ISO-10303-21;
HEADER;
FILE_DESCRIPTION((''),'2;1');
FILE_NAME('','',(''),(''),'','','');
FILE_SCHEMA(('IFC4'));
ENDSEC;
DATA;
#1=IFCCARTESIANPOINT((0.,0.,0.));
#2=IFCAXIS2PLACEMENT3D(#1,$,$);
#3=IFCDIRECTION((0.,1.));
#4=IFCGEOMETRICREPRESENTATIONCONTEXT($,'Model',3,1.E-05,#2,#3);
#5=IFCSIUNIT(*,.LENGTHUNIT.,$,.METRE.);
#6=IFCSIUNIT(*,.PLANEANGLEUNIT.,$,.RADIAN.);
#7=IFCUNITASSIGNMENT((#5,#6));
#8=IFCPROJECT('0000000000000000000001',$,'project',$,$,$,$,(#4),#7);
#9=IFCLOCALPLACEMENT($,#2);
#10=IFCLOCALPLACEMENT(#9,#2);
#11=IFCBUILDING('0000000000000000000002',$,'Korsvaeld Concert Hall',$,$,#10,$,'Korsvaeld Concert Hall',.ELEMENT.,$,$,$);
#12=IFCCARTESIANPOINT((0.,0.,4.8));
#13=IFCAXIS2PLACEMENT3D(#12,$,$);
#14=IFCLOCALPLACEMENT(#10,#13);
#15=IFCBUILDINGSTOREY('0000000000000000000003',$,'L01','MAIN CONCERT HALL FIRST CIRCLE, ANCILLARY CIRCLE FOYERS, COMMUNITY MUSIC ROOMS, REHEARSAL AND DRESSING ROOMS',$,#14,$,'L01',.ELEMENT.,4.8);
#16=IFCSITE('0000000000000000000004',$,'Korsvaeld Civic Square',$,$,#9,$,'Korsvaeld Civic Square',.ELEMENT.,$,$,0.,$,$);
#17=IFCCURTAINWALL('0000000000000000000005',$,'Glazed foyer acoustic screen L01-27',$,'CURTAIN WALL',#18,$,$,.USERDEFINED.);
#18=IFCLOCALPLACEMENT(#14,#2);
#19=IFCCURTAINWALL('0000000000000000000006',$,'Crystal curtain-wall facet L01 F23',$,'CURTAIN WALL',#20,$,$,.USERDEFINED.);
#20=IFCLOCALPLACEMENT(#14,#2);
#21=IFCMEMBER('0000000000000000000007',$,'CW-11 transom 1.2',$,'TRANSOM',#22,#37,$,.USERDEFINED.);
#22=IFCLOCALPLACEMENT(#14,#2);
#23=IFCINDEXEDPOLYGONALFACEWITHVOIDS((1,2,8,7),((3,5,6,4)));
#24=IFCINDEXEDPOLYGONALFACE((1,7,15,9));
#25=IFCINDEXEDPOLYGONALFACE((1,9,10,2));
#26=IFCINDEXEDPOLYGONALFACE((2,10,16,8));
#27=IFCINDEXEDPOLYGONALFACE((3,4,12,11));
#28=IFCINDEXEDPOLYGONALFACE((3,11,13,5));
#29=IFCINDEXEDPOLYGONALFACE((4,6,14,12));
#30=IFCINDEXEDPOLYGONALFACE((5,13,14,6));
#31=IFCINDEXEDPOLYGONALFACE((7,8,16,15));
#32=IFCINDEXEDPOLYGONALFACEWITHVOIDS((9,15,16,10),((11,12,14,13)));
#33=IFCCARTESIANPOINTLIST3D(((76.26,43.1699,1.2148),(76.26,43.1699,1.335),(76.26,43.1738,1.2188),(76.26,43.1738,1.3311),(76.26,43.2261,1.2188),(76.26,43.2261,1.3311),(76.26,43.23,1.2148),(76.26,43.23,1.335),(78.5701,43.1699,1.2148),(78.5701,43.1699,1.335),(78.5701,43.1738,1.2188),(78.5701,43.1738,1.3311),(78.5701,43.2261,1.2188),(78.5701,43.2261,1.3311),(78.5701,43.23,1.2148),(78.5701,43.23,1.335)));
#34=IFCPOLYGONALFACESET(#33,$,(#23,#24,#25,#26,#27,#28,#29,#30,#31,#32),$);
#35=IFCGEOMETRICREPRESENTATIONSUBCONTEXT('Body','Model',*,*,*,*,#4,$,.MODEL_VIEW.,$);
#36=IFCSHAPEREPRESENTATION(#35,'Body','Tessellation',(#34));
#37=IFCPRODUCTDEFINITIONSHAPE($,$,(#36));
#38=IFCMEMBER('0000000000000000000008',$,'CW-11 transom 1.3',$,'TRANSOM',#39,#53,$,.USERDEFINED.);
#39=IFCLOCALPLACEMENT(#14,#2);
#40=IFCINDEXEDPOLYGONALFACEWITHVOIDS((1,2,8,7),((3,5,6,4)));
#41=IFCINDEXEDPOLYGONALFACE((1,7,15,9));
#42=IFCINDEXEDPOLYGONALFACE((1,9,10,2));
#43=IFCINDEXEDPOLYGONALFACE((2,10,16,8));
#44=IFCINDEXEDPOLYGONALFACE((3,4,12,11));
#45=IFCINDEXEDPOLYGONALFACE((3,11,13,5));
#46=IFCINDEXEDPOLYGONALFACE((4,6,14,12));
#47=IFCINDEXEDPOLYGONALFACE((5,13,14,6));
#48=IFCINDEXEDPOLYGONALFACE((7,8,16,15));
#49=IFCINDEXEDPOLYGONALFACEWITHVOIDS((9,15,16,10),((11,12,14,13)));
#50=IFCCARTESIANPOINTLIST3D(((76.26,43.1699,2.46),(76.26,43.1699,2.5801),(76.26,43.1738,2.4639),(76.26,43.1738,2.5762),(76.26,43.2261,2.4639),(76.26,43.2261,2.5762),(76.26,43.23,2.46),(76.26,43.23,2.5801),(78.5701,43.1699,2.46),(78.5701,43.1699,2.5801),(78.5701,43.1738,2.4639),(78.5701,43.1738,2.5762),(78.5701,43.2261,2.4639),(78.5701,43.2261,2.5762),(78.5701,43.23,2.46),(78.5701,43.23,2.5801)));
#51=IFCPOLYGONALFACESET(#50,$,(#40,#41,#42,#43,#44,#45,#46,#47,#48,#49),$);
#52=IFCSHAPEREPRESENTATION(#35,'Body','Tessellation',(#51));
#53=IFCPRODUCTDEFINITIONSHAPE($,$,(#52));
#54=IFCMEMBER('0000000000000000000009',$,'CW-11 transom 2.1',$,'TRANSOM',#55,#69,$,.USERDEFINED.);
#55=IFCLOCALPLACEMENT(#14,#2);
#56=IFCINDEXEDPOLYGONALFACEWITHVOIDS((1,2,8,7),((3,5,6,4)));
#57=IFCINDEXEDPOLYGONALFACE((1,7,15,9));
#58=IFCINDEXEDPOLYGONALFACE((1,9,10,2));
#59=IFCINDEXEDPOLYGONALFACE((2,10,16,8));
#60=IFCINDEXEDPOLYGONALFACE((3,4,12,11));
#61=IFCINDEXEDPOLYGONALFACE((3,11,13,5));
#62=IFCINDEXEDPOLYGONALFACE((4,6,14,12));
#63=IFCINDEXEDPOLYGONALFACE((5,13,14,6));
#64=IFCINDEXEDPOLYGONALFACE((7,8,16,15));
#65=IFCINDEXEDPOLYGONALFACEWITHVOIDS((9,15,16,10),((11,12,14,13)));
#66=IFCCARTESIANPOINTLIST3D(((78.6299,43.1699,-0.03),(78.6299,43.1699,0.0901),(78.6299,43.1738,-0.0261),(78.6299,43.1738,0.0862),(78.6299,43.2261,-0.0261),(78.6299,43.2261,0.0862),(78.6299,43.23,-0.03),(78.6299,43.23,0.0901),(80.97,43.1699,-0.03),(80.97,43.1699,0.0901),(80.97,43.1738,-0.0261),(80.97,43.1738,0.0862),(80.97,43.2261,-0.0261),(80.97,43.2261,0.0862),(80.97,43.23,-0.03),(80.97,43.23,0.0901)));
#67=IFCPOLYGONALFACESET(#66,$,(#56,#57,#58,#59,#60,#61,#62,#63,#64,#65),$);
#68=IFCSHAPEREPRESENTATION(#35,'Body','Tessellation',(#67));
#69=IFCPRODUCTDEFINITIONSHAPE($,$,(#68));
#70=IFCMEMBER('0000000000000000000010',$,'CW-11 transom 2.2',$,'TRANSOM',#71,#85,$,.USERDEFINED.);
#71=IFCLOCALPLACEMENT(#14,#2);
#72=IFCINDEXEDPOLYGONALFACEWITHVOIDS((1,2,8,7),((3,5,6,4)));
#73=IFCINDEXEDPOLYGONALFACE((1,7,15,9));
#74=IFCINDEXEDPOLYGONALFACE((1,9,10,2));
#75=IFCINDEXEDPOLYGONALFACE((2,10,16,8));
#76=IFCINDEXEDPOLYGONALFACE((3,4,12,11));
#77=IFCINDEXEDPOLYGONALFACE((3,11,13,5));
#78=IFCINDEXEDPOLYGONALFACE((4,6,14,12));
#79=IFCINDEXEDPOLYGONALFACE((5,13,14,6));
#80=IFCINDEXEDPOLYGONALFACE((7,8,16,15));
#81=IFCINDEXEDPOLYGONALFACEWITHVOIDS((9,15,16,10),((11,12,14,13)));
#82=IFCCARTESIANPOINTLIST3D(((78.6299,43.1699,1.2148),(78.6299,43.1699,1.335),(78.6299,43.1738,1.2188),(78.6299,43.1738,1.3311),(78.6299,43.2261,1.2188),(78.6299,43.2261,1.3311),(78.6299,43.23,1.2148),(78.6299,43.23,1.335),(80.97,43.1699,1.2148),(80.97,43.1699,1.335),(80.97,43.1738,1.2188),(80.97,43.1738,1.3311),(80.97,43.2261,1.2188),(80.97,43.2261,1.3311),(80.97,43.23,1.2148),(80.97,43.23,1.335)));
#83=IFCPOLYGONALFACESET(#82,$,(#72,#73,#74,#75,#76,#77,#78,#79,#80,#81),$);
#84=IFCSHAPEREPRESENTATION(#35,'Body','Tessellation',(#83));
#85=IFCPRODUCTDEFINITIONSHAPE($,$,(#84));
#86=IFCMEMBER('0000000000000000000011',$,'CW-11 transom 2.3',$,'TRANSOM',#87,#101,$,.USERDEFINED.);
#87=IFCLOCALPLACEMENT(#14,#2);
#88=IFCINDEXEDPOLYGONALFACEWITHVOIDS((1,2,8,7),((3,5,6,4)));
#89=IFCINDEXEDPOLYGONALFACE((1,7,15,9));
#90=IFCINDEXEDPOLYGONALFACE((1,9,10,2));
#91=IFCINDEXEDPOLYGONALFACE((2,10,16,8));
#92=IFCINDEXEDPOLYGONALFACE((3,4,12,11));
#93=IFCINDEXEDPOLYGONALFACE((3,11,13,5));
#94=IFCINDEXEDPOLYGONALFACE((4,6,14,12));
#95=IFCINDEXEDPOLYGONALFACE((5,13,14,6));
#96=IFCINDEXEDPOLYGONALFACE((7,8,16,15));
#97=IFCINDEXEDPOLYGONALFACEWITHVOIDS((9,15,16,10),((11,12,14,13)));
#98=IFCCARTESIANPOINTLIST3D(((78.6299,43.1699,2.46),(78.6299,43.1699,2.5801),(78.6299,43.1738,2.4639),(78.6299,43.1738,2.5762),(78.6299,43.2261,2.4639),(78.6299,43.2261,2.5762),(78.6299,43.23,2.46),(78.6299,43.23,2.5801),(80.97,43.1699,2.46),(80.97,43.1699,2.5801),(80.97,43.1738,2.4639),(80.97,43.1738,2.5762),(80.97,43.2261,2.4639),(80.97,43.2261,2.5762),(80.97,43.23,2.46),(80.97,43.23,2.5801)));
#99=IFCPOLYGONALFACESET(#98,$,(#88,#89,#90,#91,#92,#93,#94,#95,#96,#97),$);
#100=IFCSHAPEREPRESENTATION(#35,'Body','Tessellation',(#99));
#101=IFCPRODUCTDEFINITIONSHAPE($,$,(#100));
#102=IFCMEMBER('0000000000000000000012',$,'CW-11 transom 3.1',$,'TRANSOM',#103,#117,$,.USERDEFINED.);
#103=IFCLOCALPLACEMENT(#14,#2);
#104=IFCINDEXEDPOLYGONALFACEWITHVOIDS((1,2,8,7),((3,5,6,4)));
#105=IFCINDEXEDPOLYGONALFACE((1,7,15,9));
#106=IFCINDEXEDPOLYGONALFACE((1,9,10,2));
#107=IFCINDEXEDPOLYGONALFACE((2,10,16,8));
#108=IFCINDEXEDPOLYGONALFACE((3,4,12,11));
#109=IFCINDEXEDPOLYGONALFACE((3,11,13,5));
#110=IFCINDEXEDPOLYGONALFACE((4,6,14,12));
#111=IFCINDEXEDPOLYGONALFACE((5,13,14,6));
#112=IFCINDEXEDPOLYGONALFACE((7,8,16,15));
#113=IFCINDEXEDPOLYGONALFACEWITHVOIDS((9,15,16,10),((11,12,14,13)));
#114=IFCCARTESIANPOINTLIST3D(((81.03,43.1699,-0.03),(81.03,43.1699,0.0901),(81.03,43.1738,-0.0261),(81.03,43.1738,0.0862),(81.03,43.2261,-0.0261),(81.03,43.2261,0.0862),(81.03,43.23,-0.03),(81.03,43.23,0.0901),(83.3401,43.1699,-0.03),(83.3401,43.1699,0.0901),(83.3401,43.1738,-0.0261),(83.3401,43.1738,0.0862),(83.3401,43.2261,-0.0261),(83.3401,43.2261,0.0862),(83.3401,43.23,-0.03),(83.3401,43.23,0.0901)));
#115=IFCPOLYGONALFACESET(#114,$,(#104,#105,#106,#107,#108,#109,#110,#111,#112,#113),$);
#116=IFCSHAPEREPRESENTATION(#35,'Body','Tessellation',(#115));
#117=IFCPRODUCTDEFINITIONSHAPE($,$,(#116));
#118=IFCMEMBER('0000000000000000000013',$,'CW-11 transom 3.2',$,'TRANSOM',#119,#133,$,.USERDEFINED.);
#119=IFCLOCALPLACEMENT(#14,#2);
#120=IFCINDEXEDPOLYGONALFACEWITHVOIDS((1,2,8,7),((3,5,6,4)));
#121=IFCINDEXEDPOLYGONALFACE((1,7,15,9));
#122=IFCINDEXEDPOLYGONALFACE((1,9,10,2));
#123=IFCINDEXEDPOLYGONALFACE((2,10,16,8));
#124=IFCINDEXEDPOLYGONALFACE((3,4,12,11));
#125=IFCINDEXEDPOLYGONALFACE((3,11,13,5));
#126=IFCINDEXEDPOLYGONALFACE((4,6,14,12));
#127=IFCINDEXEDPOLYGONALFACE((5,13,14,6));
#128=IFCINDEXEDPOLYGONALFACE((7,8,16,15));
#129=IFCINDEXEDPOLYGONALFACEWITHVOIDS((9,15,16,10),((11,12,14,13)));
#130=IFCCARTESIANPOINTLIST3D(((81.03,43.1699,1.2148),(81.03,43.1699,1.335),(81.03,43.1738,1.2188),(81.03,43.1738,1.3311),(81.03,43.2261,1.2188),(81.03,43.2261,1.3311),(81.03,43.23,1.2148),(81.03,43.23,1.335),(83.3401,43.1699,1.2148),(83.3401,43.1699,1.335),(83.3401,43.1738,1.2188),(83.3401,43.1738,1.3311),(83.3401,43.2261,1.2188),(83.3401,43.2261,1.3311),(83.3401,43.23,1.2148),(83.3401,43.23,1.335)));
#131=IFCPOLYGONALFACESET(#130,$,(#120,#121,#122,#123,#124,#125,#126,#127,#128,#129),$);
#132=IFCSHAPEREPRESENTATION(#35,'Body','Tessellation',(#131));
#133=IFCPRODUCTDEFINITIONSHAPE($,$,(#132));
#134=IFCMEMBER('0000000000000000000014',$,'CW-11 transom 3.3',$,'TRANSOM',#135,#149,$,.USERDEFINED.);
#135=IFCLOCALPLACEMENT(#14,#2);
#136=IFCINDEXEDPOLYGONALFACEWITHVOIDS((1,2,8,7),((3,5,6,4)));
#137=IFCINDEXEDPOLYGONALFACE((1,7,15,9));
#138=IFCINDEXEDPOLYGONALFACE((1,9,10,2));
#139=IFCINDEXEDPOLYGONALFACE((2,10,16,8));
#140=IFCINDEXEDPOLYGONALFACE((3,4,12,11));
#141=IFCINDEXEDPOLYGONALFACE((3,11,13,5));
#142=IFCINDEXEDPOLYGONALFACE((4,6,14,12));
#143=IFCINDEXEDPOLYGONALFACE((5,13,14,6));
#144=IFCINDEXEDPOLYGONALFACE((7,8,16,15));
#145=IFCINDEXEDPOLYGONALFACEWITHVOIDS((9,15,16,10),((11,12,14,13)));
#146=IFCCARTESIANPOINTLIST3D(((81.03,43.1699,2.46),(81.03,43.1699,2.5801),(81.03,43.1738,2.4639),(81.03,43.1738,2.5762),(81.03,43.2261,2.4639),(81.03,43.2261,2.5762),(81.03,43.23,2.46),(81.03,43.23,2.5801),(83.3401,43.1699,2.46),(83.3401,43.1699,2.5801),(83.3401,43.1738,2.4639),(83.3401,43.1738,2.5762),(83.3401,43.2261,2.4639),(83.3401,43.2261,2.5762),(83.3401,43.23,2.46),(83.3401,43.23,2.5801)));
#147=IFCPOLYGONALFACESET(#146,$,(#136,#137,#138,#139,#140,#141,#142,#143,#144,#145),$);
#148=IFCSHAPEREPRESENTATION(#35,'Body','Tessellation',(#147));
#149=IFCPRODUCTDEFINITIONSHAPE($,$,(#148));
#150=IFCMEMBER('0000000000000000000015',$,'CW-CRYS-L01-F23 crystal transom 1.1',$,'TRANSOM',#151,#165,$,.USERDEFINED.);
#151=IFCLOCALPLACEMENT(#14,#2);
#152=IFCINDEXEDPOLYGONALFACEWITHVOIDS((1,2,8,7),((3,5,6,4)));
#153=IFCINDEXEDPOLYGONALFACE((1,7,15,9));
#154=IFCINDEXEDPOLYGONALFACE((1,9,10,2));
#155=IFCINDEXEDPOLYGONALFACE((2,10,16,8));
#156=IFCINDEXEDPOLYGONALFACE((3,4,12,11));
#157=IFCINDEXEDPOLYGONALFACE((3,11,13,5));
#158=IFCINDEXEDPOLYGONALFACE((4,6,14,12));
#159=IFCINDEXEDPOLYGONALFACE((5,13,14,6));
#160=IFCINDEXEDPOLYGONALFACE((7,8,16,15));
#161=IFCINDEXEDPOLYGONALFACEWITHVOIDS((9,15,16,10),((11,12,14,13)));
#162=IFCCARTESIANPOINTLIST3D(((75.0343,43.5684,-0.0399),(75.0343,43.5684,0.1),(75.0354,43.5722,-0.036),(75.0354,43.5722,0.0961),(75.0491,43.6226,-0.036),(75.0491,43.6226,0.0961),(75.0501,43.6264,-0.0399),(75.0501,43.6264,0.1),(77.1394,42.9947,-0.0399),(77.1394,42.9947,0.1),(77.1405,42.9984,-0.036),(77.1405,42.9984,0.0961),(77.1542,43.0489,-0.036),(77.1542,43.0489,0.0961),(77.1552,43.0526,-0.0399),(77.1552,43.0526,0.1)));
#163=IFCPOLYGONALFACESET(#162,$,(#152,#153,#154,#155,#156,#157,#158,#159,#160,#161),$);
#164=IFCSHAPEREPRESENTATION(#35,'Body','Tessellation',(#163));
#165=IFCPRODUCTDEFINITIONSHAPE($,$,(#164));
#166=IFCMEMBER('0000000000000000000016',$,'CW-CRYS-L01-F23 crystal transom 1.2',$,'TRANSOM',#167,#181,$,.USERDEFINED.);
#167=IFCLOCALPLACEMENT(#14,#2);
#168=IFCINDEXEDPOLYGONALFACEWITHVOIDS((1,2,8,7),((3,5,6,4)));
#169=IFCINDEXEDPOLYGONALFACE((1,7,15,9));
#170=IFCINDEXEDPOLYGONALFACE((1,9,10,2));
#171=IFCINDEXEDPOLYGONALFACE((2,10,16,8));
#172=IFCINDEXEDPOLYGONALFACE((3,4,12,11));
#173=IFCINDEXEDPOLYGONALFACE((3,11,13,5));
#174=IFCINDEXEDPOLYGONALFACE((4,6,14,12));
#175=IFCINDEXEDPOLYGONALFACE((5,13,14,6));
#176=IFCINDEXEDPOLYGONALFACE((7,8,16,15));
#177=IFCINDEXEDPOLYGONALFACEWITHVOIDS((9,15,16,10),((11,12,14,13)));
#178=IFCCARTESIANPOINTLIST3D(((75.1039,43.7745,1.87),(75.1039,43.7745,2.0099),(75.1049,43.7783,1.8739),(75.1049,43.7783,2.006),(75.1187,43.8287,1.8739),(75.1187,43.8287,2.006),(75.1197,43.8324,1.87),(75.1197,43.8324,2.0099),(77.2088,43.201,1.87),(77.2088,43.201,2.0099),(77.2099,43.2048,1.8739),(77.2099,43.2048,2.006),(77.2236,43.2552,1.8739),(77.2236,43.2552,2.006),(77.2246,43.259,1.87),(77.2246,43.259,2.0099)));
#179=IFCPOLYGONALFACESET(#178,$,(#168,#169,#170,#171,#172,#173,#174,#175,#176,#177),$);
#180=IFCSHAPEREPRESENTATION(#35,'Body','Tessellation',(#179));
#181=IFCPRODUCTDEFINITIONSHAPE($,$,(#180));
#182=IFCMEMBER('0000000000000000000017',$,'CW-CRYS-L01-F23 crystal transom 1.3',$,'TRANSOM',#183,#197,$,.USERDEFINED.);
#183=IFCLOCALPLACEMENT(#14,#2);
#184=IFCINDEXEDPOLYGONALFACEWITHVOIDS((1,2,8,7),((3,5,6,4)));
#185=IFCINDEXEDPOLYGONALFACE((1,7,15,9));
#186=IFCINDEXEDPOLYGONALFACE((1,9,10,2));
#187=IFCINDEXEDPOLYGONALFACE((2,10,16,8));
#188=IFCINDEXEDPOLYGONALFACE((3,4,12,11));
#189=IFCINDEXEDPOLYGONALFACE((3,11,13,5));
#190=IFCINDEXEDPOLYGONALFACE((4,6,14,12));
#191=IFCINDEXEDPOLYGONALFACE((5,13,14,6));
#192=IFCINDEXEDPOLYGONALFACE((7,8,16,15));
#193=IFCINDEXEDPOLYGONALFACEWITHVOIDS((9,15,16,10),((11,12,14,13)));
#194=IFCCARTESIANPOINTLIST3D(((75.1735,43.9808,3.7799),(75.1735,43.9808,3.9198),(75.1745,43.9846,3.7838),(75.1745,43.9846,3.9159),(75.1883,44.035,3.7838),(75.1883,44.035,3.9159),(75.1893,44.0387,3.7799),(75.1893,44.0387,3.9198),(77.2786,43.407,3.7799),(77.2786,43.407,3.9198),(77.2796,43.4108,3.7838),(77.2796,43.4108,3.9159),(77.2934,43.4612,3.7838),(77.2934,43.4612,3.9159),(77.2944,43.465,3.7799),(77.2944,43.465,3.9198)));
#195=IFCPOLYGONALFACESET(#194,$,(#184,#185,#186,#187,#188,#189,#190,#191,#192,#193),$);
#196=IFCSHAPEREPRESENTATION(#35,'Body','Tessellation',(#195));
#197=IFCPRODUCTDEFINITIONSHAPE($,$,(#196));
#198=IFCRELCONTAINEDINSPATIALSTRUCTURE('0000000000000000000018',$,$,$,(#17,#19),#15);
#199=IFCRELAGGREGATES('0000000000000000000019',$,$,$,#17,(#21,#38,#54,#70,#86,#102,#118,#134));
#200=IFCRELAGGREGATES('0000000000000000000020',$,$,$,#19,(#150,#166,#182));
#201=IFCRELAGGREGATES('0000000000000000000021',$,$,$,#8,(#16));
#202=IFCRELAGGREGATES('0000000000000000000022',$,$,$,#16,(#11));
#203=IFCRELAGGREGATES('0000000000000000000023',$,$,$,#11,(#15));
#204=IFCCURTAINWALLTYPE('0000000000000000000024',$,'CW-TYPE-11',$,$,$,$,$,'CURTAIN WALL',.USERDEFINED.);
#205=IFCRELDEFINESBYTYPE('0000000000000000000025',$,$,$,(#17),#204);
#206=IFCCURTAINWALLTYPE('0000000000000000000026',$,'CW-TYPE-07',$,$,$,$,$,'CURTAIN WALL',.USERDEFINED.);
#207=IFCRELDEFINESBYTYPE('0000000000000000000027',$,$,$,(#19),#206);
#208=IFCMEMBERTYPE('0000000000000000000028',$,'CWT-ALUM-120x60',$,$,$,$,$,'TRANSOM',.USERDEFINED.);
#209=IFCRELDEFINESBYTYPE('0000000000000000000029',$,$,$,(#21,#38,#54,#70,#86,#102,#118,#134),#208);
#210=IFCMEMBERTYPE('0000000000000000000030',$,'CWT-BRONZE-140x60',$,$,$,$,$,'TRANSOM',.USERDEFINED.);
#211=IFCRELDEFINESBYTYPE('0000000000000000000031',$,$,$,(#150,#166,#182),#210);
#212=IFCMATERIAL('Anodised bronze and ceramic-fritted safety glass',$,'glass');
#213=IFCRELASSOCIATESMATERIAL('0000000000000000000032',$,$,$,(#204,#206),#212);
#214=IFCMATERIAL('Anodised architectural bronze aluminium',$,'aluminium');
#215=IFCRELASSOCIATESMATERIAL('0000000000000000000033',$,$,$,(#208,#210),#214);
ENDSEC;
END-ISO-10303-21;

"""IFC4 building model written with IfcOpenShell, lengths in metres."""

from ifc_helpers import new_model, si_unit, direction, frame, origin, origin_2d, place, context, subcontext, project, spatial, hollow_rectangle, extrude, material, material_profile, profile_set, type_object, element, aggregate, save


model = new_model("IFC4")

# Units and contexts
model_context = context("Model", 3, precision=1e-05, world=origin(), true_north=direction((0.0, 1.0)))
body_context = subcontext(model_context, "Body", "Model", "MODEL_VIEW")
ifc_project = project(units=[si_unit("LENGTHUNIT", "METRE"), si_unit("PLANEANGLEUNIT", "RADIAN")], contexts=[model_context])

# Site, building, storey
site_placement = place(None, origin())
site = spatial("IfcSite", under=ifc_project, at=site_placement, Name="Korsvaeld Civic Square", LongName="Korsvaeld Civic Square", CompositionType="ELEMENT", RefElevation=0.0)
building_placement = place(site_placement, origin())
building = spatial("IfcBuilding", under=site, at=building_placement, Name="Korsvaeld Concert Hall", LongName="Korsvaeld Concert Hall", CompositionType="ELEMENT")
storey_placement = place(building_placement, frame((0.0, 0.0, 4.8)))
storey = spatial("IfcBuildingStorey", under=building, at=storey_placement, Name="L01", Description="MAIN CONCERT HALL FIRST CIRCLE, ANCILLARY CIRCLE FOYERS, COMMUNITY MUSIC ROOMS, REHEARSAL AND DRESSING ROOMS", LongName="L01", CompositionType="ELEMENT", Elevation=4.8)

# Shared definitions
ifc_material_1 = material(Name="Anodised bronze and ceramic-fritted safety glass", Category="glass")
ifc_material_2 = material(Name="Anodised architectural bronze aluminium", Category="aluminium")

# Curtain wall
curtain_wall_type_1 = type_object("IfcCurtainWallType", Name="CW-TYPE-11", ElementType="CURTAIN WALL", PredefinedType="USERDEFINED", material=ifc_material_1)
curtain_wall_1_placement = place(storey_placement, origin())
curtain_wall_1 = element("IfcCurtainWall", 1, at=curtain_wall_1_placement, inside=storey, type_object=curtain_wall_type_1, Name="Glazed foyer acoustic screen L01-27", ObjectType="CURTAIN WALL", PredefinedType="USERDEFINED")

# Curtain wall
curtain_wall_type_2 = type_object("IfcCurtainWallType", Name="CW-TYPE-07", ElementType="CURTAIN WALL", PredefinedType="USERDEFINED", material=ifc_material_1)
curtain_wall_2_placement = place(storey_placement, origin())
curtain_wall_2 = element("IfcCurtainWall", 2, at=curtain_wall_2_placement, inside=storey, type_object=curtain_wall_type_2, Name="Crystal curtain-wall facet L01 F23", ObjectType="CURTAIN WALL", PredefinedType="USERDEFINED")

# Members
ifc_material_profile_1 = material_profile(ifc_material_2, hollow_rectangle(XDim=0.0601, YDim=0.1201, WallThickness=0.0039, at=origin_2d()), Name="CWT 120x60x4")
ifc_profile_set_1 = profile_set([ifc_material_profile_1], Name="Anodised architectural bronze aluminium")
member_type_1 = type_object("IfcMemberType", Name="CWT-ALUM-120x60", ElementType="TRANSOM", PredefinedType="USERDEFINED", material=ifc_profile_set_1)
member_1_placement = place(storey_placement, frame((76.26, 43.2, 1.2749), z_axis=(1.0, 0.0, 0.0), x_axis=(0.0, 1.0, 0.0)))
member_1 = element("IfcMember", 3, at=member_1_placement, type_object=member_type_1, Name="CW-11 transom 1.2", ObjectType="TRANSOM", PredefinedType="USERDEFINED", context=body_context, shape_type="SweptSolid", body=[
    extrude(hollow_rectangle(XDim=0.0601, YDim=0.1201, WallThickness=0.0039, at=origin_2d()), origin(), (0.0, 0.0, 1.0), 2.3101),
])
member_2_placement = place(storey_placement, frame((76.26, 43.2, 2.52), z_axis=(1.0, 0.0, 0.0), x_axis=(0.0, 1.0, 0.0)))
member_2 = element("IfcMember", 4, at=member_2_placement, type_object=member_type_1, Name="CW-11 transom 1.3", ObjectType="TRANSOM", PredefinedType="USERDEFINED", context=body_context, shape_type="SweptSolid", body=[
    extrude(hollow_rectangle(XDim=0.0601, YDim=0.1201, WallThickness=0.0039, at=origin_2d()), origin(), (0.0, 0.0, 1.0), 2.3101),
])
member_3_placement = place(storey_placement, frame((78.6299, 43.2, 0.03), z_axis=(1.0, 0.0, 0.0), x_axis=(0.0, 1.0, 0.0)))
member_3 = element("IfcMember", 5, at=member_3_placement, type_object=member_type_1, Name="CW-11 transom 2.1", ObjectType="TRANSOM", PredefinedType="USERDEFINED", context=body_context, shape_type="SweptSolid", body=[
    extrude(hollow_rectangle(XDim=0.0601, YDim=0.1201, WallThickness=0.0039, at=origin_2d()), origin(), (0.0, 0.0, 1.0), 2.3401),
])
member_4_placement = place(storey_placement, frame((78.6299, 43.2, 1.2749), z_axis=(1.0, 0.0, 0.0), x_axis=(0.0, 1.0, 0.0)))
member_4 = element("IfcMember", 6, at=member_4_placement, type_object=member_type_1, Name="CW-11 transom 2.2", ObjectType="TRANSOM", PredefinedType="USERDEFINED", context=body_context, shape_type="SweptSolid", body=[
    extrude(hollow_rectangle(XDim=0.0601, YDim=0.1201, WallThickness=0.0039, at=origin_2d()), origin(), (0.0, 0.0, 1.0), 2.3401),
])
member_5_placement = place(storey_placement, frame((78.6299, 43.2, 2.52), z_axis=(1.0, 0.0, 0.0), x_axis=(0.0, 1.0, 0.0)))
member_5 = element("IfcMember", 7, at=member_5_placement, type_object=member_type_1, Name="CW-11 transom 2.3", ObjectType="TRANSOM", PredefinedType="USERDEFINED", context=body_context, shape_type="SweptSolid", body=[
    extrude(hollow_rectangle(XDim=0.0601, YDim=0.1201, WallThickness=0.0039, at=origin_2d()), origin(), (0.0, 0.0, 1.0), 2.3401),
])
member_6_placement = place(storey_placement, frame((81.03, 43.2, 0.03), z_axis=(1.0, 0.0, 0.0), x_axis=(0.0, 1.0, 0.0)))
member_6 = element("IfcMember", 8, at=member_6_placement, type_object=member_type_1, Name="CW-11 transom 3.1", ObjectType="TRANSOM", PredefinedType="USERDEFINED", context=body_context, shape_type="SweptSolid", body=[
    extrude(hollow_rectangle(XDim=0.0601, YDim=0.1201, WallThickness=0.0039, at=origin_2d()), origin(), (0.0, 0.0, 1.0), 2.3101),
])
member_7_placement = place(storey_placement, frame((81.03, 43.2, 1.2749), z_axis=(1.0, 0.0, 0.0), x_axis=(0.0, 1.0, 0.0)))
member_7 = element("IfcMember", 9, at=member_7_placement, type_object=member_type_1, Name="CW-11 transom 3.2", ObjectType="TRANSOM", PredefinedType="USERDEFINED", context=body_context, shape_type="SweptSolid", body=[
    extrude(hollow_rectangle(XDim=0.0601, YDim=0.1201, WallThickness=0.0039, at=origin_2d()), origin(), (0.0, 0.0, 1.0), 2.3101),
])
member_8_placement = place(storey_placement, frame((81.03, 43.2, 2.52), z_axis=(1.0, 0.0, 0.0), x_axis=(0.0, 1.0, 0.0)))
member_8 = element("IfcMember", 10, at=member_8_placement, type_object=member_type_1, Name="CW-11 transom 3.3", ObjectType="TRANSOM", PredefinedType="USERDEFINED", context=body_context, shape_type="SweptSolid", body=[
    extrude(hollow_rectangle(XDim=0.0601, YDim=0.1201, WallThickness=0.0039, at=origin_2d()), origin(), (0.0, 0.0, 1.0), 2.3101),
])
ifc_material_profile_2 = material_profile(ifc_material_2, hollow_rectangle(XDim=0.0601, YDim=0.1399, WallThickness=0.0039, at=origin_2d()), Name="CWT 140x60x4")
ifc_profile_set_2 = profile_set([ifc_material_profile_2], Name="Anodised architectural bronze aluminium")
member_type_2 = type_object("IfcMemberType", Name="CWT-BRONZE-140x60", ElementType="TRANSOM", PredefinedType="USERDEFINED", material=ifc_profile_set_2)
member_9_placement = place(storey_placement, frame((75.0422, 43.5974, 0.03), z_axis=(0.964805, -0.262966, 0.0), x_axis=(0.262966, 0.964805, 0.0)))
member_9 = element("IfcMember", 11, at=member_9_placement, type_object=member_type_2, Name="CW-CRYS-L01-F23 crystal transom 1.1", ObjectType="TRANSOM", PredefinedType="USERDEFINED", context=body_context, shape_type="SweptSolid", body=[
    extrude(hollow_rectangle(XDim=0.0601, YDim=0.1399, WallThickness=0.0039, at=origin_2d()), origin(), (0.0, 0.0, 1.0), 2.1819),
])
member_10_placement = place(storey_placement, frame((75.1118, 43.8035, 1.9399), z_axis=(0.964834, -0.262862, 0.0), x_axis=(0.262862, 0.964834, 0.0)))
member_10 = element("IfcMember", 12, at=member_10_placement, type_object=member_type_2, Name="CW-CRYS-L01-F23 crystal transom 1.2", ObjectType="TRANSOM", PredefinedType="USERDEFINED", context=body_context, shape_type="SweptSolid", body=[
    extrude(hollow_rectangle(XDim=0.0601, YDim=0.1399, WallThickness=0.0039, at=origin_2d()), origin(), (0.0, 0.0, 1.0), 2.1816),
])
member_11_placement = place(storey_placement, frame((75.1814, 44.0098, 3.8499), z_axis=(0.964805, -0.262966, 0.0), x_axis=(0.262966, 0.964805, 0.0)))
member_11 = element("IfcMember", 13, at=member_11_placement, type_object=member_type_2, Name="CW-CRYS-L01-F23 crystal transom 1.3", ObjectType="TRANSOM", PredefinedType="USERDEFINED", context=body_context, shape_type="SweptSolid", body=[
    extrude(hollow_rectangle(XDim=0.0601, YDim=0.1399, WallThickness=0.0039, at=origin_2d()), origin(), (0.0, 0.0, 1.0), 2.1819),
])

aggregate(curtain_wall_1, [member_1, member_2, member_3, member_4, member_5, member_6, member_7, member_8])
aggregate(curtain_wall_2, [member_9, member_10, member_11])

save(model, "model.ifc")
